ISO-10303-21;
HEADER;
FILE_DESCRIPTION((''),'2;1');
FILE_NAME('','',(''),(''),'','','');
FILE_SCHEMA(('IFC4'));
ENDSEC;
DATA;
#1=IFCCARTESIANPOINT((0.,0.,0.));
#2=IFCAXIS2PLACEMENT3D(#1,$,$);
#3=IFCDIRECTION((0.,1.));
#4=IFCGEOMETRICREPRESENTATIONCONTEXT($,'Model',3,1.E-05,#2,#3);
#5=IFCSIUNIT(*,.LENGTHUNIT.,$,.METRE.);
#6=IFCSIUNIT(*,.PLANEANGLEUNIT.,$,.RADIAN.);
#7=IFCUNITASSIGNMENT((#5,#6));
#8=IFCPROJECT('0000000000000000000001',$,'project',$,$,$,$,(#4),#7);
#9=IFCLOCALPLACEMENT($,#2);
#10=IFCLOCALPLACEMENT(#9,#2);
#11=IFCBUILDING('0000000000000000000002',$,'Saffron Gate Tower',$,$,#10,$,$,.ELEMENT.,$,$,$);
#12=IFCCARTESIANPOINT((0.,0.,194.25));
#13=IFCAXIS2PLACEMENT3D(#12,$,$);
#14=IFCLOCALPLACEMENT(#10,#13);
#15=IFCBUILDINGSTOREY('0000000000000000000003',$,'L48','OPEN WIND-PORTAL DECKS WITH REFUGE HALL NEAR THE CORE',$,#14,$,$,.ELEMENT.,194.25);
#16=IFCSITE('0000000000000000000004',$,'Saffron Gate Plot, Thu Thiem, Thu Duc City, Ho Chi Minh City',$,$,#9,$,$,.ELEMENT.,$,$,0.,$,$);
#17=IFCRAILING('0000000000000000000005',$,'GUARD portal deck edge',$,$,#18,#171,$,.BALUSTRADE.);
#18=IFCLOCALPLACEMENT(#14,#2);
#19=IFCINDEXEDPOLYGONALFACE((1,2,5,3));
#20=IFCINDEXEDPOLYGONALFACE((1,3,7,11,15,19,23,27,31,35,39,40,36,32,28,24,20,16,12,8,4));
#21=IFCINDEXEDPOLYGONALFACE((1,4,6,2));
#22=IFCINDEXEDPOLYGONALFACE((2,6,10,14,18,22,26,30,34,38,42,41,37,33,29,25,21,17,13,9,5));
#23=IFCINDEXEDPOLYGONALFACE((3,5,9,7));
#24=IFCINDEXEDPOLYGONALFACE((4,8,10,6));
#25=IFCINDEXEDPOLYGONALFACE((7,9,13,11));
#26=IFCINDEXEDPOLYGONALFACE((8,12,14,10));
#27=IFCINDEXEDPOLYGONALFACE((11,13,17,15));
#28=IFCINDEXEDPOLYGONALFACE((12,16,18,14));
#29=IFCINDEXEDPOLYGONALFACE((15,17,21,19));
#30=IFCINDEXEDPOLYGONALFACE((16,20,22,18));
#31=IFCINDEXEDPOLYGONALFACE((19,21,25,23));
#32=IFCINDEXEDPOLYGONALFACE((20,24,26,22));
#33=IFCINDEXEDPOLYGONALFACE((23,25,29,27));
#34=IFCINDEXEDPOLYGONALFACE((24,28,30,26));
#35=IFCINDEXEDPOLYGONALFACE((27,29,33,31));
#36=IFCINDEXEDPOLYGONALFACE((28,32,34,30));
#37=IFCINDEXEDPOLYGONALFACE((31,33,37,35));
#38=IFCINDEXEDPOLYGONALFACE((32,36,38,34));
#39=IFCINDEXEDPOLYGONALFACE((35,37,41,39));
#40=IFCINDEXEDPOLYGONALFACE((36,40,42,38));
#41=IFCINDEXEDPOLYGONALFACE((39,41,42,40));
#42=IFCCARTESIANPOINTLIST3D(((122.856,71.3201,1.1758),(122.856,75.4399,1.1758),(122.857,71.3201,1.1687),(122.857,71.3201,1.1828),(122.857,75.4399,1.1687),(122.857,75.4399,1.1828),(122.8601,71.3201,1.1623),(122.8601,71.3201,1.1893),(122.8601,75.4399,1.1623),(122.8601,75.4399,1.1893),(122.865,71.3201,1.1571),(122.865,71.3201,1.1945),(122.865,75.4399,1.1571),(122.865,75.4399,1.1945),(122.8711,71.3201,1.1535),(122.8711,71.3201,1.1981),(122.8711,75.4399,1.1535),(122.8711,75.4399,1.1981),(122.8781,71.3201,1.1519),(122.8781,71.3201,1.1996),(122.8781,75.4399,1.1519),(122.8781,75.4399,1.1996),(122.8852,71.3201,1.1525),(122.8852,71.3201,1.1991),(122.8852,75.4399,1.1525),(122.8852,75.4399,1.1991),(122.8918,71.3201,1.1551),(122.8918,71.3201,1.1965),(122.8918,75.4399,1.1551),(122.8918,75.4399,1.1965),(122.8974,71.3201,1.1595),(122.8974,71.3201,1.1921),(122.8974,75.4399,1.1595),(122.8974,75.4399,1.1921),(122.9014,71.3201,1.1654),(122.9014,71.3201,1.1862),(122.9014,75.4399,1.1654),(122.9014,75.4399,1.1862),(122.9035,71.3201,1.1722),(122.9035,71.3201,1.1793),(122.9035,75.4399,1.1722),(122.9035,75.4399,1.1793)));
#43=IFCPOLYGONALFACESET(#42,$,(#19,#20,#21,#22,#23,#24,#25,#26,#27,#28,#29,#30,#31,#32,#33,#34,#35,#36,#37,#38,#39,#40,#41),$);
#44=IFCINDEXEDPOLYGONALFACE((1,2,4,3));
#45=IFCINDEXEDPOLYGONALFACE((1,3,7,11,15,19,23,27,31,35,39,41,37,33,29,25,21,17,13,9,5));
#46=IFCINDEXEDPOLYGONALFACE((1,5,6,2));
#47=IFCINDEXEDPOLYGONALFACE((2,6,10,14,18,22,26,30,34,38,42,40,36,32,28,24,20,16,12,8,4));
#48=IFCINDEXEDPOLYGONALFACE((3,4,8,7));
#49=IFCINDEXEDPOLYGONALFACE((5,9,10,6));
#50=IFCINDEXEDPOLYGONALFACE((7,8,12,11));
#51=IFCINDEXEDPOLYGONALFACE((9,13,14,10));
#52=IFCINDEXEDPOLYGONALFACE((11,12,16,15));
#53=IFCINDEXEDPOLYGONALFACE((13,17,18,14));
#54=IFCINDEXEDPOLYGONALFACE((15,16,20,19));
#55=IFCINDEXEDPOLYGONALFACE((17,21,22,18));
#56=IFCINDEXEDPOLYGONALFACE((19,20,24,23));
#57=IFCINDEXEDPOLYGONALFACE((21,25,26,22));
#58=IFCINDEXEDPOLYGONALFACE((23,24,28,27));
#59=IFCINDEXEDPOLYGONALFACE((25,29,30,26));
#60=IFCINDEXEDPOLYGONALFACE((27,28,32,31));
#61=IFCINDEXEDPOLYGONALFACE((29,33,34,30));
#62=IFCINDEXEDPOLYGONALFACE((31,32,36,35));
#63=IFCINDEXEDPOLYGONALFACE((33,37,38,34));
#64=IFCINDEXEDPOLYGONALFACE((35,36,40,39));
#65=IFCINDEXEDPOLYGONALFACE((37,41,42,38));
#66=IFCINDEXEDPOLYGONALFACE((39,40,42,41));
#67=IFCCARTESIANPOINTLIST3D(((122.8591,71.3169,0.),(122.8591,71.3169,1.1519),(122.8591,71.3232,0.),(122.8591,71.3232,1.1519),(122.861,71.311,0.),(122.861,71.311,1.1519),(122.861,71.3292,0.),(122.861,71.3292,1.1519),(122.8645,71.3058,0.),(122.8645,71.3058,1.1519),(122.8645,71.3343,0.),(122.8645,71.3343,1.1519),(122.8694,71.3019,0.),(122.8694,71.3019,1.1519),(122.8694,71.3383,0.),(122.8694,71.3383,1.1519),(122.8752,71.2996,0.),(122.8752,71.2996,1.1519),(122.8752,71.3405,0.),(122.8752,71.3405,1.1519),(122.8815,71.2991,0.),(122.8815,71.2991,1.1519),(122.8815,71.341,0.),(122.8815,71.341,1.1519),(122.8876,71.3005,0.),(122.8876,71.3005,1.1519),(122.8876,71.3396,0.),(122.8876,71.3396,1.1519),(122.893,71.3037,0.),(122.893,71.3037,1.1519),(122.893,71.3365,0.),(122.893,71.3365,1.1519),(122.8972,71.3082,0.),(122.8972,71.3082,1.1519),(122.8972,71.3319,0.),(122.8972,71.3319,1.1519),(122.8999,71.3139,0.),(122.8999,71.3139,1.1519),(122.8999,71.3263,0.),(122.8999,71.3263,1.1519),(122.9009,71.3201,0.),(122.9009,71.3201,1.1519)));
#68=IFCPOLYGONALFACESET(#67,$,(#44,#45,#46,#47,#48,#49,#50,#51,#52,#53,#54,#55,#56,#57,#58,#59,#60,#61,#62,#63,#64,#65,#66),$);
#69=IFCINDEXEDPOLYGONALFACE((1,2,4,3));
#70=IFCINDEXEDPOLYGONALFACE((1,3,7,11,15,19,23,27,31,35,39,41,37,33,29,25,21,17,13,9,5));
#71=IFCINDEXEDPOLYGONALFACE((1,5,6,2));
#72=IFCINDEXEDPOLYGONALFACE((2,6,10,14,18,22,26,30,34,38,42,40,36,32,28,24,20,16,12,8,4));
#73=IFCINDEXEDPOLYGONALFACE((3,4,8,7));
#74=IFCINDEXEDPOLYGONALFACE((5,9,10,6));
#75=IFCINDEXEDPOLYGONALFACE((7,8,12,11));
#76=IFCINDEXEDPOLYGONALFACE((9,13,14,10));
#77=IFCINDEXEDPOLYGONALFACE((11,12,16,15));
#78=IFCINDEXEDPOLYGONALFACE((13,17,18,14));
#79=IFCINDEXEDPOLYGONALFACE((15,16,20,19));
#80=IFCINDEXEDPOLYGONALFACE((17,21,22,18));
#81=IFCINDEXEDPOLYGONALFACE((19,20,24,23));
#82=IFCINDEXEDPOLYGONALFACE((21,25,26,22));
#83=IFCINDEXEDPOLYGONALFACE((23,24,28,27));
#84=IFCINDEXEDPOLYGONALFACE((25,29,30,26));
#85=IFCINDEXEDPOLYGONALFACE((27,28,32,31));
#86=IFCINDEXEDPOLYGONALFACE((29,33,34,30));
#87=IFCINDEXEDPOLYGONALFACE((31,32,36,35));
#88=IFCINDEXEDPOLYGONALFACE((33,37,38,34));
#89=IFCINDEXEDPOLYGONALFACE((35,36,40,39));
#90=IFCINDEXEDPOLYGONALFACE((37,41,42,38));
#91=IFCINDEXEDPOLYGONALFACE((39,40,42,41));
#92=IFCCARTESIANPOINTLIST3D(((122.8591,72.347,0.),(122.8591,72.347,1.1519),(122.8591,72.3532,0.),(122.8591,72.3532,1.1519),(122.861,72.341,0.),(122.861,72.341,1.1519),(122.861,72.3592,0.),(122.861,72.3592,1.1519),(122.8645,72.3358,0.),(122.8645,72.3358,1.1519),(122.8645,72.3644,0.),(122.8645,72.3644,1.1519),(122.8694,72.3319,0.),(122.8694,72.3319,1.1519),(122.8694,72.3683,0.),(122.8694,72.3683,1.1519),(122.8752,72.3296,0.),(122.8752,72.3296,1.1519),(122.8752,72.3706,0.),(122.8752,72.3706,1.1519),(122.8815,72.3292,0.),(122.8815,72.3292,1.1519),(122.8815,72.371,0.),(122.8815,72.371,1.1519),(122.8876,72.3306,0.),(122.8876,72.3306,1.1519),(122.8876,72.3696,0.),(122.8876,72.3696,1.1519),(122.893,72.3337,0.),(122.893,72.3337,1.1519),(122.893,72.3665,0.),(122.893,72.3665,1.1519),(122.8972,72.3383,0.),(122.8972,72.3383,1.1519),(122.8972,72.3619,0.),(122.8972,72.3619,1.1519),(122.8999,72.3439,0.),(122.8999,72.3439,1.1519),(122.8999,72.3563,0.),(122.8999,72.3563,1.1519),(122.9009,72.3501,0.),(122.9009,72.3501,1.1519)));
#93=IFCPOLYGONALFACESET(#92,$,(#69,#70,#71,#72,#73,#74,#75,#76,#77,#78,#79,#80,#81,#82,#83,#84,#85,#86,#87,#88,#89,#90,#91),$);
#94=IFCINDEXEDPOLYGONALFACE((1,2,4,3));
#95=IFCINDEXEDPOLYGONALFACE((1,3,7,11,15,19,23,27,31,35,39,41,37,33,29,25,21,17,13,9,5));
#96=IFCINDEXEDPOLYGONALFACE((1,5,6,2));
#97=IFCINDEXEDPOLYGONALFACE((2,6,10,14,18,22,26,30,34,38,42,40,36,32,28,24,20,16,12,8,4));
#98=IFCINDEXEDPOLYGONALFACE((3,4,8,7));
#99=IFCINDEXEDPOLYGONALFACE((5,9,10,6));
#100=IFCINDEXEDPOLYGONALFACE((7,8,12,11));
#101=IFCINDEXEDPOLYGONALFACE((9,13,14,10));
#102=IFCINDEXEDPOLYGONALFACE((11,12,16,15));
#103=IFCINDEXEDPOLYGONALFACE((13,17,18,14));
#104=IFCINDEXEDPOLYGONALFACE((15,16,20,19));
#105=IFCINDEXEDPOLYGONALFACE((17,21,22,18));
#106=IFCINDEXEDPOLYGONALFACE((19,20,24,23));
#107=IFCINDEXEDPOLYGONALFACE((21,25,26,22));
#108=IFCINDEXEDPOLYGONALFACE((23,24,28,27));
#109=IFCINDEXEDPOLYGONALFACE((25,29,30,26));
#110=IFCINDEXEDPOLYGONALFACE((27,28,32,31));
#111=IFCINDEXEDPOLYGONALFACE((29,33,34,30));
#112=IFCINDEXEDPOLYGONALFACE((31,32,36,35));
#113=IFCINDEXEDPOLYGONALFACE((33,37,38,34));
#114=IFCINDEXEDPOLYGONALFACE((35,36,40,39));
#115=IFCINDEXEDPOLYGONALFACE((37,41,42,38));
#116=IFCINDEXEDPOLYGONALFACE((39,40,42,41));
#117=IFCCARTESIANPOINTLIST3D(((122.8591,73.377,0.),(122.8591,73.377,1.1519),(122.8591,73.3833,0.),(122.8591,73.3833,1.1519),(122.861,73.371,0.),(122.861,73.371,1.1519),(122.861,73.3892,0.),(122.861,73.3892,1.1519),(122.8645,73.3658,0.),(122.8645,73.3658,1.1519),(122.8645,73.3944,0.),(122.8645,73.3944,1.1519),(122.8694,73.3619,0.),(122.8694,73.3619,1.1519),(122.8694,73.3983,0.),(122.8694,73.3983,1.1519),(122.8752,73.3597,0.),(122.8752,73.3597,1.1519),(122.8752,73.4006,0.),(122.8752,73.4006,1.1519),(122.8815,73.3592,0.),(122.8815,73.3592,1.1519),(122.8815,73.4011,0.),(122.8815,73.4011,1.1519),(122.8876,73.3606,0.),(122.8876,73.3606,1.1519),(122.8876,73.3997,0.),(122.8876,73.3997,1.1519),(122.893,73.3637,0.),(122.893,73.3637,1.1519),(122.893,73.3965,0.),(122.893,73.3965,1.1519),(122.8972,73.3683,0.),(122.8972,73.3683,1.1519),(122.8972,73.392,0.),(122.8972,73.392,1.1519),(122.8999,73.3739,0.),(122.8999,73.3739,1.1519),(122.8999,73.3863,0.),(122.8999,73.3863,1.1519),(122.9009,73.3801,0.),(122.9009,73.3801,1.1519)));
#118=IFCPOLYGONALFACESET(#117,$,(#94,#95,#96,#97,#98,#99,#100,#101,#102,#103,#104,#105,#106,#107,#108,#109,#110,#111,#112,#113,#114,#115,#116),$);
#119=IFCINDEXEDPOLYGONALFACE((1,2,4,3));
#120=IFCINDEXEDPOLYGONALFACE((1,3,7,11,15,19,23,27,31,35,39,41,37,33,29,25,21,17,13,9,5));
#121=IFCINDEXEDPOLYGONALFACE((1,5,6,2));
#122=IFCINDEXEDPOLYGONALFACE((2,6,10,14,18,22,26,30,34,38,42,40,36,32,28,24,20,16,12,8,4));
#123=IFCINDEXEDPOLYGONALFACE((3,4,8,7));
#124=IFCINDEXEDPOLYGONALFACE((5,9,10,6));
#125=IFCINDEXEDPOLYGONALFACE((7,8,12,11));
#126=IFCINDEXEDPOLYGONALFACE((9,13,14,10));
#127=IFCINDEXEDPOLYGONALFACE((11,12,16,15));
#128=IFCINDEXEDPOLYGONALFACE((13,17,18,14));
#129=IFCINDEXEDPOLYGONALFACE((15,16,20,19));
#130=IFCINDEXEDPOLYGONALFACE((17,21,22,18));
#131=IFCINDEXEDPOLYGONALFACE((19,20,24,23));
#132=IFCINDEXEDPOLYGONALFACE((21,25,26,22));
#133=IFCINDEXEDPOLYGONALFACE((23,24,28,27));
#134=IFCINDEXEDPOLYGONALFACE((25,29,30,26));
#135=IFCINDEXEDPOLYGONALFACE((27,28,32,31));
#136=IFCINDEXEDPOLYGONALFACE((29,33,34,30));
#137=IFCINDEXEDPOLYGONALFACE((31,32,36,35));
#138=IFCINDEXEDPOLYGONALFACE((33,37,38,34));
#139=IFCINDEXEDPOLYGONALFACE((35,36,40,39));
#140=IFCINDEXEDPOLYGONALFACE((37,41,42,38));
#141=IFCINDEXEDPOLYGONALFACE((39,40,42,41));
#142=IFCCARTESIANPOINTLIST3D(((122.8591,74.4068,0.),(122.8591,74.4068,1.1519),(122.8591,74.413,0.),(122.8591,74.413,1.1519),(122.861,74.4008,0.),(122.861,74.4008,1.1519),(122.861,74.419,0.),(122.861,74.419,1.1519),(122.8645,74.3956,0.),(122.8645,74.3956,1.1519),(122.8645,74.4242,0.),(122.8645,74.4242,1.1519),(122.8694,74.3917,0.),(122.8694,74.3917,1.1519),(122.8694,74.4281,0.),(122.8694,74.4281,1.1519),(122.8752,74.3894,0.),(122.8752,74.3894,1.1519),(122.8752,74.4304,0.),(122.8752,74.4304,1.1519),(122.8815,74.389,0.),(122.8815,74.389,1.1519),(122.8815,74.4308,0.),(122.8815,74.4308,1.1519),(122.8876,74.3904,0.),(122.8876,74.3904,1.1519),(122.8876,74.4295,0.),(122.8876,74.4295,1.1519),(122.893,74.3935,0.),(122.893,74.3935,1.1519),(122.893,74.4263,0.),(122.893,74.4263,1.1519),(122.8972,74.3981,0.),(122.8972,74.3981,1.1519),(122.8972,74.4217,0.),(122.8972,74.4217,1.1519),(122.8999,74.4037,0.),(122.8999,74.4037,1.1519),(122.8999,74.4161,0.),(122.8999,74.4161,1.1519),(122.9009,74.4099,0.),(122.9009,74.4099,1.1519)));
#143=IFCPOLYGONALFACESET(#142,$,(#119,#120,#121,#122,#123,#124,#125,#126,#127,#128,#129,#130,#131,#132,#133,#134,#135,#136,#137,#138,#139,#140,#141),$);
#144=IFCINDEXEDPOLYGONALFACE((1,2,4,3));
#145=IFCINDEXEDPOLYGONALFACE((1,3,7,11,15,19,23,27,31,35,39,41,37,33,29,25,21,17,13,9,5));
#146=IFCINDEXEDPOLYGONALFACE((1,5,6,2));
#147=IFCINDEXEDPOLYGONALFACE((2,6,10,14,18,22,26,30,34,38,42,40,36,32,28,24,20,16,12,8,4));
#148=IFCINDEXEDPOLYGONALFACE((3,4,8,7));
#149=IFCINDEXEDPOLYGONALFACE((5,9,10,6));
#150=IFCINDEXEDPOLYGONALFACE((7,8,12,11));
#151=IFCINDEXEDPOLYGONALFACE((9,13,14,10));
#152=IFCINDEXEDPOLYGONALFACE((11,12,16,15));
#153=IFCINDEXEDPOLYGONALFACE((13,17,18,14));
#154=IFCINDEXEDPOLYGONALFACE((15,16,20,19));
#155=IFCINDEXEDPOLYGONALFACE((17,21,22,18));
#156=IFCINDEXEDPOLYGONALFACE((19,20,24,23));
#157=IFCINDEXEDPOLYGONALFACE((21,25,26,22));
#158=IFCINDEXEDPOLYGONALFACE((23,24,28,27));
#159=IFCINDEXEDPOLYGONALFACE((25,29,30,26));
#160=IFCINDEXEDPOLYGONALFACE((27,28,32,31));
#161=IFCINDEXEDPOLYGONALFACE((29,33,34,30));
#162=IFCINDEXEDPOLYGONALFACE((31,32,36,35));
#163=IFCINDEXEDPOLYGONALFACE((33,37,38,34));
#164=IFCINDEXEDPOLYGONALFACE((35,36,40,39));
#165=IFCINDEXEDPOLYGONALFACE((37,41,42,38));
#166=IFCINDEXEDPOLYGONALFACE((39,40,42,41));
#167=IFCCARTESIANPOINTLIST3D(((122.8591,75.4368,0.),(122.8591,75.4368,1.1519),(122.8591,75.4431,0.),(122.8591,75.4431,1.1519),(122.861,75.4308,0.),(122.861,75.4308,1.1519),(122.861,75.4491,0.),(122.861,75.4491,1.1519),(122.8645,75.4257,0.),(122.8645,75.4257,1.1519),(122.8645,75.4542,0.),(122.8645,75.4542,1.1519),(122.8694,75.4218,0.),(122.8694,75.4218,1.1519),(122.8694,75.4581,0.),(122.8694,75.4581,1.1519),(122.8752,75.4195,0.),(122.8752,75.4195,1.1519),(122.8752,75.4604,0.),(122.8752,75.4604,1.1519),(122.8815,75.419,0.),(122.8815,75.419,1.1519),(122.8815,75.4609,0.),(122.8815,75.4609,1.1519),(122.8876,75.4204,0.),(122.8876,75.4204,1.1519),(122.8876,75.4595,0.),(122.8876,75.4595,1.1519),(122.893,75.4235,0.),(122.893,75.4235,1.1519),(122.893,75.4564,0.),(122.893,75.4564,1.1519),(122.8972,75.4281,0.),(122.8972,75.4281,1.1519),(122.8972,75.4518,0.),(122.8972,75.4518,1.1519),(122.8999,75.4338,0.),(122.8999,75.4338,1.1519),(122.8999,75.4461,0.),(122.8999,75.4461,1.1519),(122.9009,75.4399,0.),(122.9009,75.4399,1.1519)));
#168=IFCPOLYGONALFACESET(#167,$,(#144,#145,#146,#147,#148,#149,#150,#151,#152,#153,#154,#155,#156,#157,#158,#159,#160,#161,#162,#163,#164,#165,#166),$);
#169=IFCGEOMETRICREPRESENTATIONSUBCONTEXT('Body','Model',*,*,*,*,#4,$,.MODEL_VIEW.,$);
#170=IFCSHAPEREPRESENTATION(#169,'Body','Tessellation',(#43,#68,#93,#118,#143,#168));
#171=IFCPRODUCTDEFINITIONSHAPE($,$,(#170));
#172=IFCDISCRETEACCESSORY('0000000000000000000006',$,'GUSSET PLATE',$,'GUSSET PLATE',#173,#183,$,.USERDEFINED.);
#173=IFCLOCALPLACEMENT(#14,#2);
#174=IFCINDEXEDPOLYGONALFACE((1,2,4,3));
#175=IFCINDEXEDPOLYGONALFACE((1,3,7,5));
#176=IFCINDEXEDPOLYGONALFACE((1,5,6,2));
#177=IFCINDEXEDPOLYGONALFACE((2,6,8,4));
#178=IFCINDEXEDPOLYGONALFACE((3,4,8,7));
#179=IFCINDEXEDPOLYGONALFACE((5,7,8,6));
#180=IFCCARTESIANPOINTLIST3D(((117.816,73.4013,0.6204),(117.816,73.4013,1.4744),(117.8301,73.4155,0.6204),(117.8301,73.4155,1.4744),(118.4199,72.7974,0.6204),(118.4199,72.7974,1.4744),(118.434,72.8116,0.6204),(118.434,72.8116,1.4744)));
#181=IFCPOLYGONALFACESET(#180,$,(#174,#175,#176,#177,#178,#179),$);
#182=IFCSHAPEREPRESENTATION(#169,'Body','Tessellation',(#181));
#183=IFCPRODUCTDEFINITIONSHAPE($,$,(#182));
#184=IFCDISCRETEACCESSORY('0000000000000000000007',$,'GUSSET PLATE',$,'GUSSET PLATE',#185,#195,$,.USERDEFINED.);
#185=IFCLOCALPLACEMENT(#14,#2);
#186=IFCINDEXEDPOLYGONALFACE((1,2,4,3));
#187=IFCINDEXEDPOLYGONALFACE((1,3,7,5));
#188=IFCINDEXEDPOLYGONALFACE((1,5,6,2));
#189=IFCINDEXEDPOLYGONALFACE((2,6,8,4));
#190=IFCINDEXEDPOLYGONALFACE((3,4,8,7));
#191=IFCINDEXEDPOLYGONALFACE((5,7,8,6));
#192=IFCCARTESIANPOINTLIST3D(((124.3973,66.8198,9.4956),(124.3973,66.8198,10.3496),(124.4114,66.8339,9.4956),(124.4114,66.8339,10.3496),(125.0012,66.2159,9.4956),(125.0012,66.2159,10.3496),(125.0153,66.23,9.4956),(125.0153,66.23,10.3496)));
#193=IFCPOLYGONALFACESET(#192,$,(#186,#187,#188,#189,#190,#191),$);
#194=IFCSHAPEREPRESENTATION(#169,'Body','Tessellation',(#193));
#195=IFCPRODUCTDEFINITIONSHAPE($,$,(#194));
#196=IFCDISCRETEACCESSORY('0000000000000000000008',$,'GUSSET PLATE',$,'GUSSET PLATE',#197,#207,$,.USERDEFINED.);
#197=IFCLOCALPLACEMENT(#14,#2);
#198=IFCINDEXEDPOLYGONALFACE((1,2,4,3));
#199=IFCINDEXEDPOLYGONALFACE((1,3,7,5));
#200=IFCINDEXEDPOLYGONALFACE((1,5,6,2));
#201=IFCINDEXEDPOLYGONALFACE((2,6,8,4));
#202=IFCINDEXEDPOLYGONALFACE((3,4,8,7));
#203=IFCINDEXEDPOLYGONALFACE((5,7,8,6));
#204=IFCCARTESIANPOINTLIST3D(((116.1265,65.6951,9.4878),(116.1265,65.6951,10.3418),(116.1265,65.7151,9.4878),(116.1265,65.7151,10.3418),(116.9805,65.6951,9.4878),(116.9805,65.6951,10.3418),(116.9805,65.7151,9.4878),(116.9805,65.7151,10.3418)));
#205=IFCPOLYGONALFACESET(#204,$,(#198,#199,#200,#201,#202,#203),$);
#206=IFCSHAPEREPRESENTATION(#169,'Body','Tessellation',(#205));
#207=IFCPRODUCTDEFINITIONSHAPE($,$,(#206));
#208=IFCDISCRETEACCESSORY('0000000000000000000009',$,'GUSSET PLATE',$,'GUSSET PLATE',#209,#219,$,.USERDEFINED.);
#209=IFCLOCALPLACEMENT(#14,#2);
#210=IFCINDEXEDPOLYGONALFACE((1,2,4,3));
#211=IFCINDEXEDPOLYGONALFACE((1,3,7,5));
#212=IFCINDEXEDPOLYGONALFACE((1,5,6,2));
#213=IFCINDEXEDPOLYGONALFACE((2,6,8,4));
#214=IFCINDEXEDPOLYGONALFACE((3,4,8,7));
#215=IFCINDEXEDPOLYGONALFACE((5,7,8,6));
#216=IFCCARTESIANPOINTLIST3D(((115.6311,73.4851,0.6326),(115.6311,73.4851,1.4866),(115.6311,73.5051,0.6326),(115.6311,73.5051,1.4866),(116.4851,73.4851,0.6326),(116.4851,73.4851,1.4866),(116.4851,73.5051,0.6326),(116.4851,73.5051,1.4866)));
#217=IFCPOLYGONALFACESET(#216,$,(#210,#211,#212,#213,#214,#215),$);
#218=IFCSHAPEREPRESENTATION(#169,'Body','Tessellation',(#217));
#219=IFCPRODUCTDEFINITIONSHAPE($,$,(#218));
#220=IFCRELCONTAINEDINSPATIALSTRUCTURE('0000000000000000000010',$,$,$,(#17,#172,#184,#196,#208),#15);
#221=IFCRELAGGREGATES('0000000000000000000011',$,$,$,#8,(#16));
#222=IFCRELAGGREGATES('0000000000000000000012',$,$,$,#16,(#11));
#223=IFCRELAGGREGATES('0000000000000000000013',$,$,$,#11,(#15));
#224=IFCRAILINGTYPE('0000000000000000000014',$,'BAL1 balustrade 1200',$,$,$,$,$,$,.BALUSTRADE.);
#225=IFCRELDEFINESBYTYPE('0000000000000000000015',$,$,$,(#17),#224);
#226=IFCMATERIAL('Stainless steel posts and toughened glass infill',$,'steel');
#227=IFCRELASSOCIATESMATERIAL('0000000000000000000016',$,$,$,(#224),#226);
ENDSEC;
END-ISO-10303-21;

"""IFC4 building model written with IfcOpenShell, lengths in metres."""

from ifc_helpers import new_model, si_unit, direction, frame, origin, origin_2d, place, context, subcontext, project, spatial, rectangle, circle, extrude, material, type_object, element, save


model = new_model("IFC4")

# Units and contexts
model_context = context("Model", 3, precision=1e-05, world=origin(), true_north=direction((0.0, 1.0)))
body_context = subcontext(model_context, "Body", "Model", "MODEL_VIEW")
ifc_project = project(units=[si_unit("LENGTHUNIT", "METRE"), si_unit("PLANEANGLEUNIT", "RADIAN")], contexts=[model_context])

# Site, building, storey
site_placement = place(None, origin())
site = spatial("IfcSite", under=ifc_project, at=site_placement, Name="Saffron Gate Plot, Thu Thiem, Thu Duc City, Ho Chi Minh City", CompositionType="ELEMENT", RefElevation=0.0)
building_placement = place(site_placement, origin())
building = spatial("IfcBuilding", under=site, at=building_placement, Name="Saffron Gate Tower", CompositionType="ELEMENT")
storey_placement = place(building_placement, frame((0.0, 0.0, 194.25)))
storey = spatial("IfcBuildingStorey", under=building, at=storey_placement, Name="L48", Description="OPEN WIND-PORTAL DECKS WITH REFUGE HALL NEAR THE CORE", CompositionType="ELEMENT", Elevation=194.25)

# Railing
ifc_material_1 = material(Name="Stainless steel posts and toughened glass infill", Category="steel")
railing_type = type_object("IfcRailingType", Name="BAL1 balustrade 1200", PredefinedType="BALUSTRADE", material=ifc_material_1)
railing_1_placement = place(storey_placement, frame((122.8799, 71.3201, 0.0)))
element("IfcRailing", 1, at=railing_1_placement, inside=storey, type_object=railing_type, Name="GUARD portal deck edge", PredefinedType="BALUSTRADE", context=body_context, shape_type="SweptSolid", body=[
    extrude(circle(Radius=0.0239, at=origin_2d()), frame((0.0, 0.0, 1.1758), z_axis=(0.0, 1.0, 0.0), x_axis=(-1.0, 0.0, 0.0)), (0.0, 0.0, 1.0), 4.1199),
    extrude(circle(Radius=0.021, at=origin_2d()), origin(), (0.0, 0.0, 1.0), 1.1519),
    extrude(circle(Radius=0.021, at=origin_2d()), frame((0.0, 1.03, 0.0)), (0.0, 0.0, 1.0), 1.1519),
    extrude(circle(Radius=0.021, at=origin_2d()), frame((0.0, 2.0601, 0.0)), (0.0, 0.0, 1.0), 1.1519),
    extrude(circle(Radius=0.021, at=origin_2d()), frame((0.0, 3.0898, 0.0)), (0.0, 0.0, 1.0), 1.1519),
    extrude(circle(Radius=0.021, at=origin_2d()), frame((0.0, 4.1199, 0.0)), (0.0, 0.0, 1.0), 1.1519),
])

# Discrete accessories
for number, where, z_axis, x_axis, name in (
    (2, (118.125, 73.1064, 0.6204), (0.0, 0.0, 1.0), (0.707107, -0.707107, 0.0), "GUSSET PLATE"),
    (3, (124.7063, 66.5249, 9.4956), (0.0, 0.0, 1.0), (0.707107, -0.707107, 0.0), "GUSSET PLATE"),
    (4, (116.5535, 65.7051, 9.4878), (0.0, 0.0, 1.0), (1.0, 0.0, 0.0), "GUSSET PLATE"),
    (5, (116.0581, 73.4951, 0.6326), (0.0, 0.0, 1.0), (-1.0, 0.0, 0.0), "GUSSET PLATE"),
):
    element("IfcDiscreteAccessory", number, at=place(storey_placement, frame(where, z_axis=z_axis, x_axis=x_axis)), inside=storey, Name=name, ObjectType="GUSSET PLATE", PredefinedType="USERDEFINED", context=body_context, shape_type="SweptSolid", body=[
        extrude(rectangle(XDim=0.854, YDim=0.02, at=origin_2d()), origin(), (0.0, 0.0, 1.0), 0.854),
    ])

save(model, "model.ifc")
